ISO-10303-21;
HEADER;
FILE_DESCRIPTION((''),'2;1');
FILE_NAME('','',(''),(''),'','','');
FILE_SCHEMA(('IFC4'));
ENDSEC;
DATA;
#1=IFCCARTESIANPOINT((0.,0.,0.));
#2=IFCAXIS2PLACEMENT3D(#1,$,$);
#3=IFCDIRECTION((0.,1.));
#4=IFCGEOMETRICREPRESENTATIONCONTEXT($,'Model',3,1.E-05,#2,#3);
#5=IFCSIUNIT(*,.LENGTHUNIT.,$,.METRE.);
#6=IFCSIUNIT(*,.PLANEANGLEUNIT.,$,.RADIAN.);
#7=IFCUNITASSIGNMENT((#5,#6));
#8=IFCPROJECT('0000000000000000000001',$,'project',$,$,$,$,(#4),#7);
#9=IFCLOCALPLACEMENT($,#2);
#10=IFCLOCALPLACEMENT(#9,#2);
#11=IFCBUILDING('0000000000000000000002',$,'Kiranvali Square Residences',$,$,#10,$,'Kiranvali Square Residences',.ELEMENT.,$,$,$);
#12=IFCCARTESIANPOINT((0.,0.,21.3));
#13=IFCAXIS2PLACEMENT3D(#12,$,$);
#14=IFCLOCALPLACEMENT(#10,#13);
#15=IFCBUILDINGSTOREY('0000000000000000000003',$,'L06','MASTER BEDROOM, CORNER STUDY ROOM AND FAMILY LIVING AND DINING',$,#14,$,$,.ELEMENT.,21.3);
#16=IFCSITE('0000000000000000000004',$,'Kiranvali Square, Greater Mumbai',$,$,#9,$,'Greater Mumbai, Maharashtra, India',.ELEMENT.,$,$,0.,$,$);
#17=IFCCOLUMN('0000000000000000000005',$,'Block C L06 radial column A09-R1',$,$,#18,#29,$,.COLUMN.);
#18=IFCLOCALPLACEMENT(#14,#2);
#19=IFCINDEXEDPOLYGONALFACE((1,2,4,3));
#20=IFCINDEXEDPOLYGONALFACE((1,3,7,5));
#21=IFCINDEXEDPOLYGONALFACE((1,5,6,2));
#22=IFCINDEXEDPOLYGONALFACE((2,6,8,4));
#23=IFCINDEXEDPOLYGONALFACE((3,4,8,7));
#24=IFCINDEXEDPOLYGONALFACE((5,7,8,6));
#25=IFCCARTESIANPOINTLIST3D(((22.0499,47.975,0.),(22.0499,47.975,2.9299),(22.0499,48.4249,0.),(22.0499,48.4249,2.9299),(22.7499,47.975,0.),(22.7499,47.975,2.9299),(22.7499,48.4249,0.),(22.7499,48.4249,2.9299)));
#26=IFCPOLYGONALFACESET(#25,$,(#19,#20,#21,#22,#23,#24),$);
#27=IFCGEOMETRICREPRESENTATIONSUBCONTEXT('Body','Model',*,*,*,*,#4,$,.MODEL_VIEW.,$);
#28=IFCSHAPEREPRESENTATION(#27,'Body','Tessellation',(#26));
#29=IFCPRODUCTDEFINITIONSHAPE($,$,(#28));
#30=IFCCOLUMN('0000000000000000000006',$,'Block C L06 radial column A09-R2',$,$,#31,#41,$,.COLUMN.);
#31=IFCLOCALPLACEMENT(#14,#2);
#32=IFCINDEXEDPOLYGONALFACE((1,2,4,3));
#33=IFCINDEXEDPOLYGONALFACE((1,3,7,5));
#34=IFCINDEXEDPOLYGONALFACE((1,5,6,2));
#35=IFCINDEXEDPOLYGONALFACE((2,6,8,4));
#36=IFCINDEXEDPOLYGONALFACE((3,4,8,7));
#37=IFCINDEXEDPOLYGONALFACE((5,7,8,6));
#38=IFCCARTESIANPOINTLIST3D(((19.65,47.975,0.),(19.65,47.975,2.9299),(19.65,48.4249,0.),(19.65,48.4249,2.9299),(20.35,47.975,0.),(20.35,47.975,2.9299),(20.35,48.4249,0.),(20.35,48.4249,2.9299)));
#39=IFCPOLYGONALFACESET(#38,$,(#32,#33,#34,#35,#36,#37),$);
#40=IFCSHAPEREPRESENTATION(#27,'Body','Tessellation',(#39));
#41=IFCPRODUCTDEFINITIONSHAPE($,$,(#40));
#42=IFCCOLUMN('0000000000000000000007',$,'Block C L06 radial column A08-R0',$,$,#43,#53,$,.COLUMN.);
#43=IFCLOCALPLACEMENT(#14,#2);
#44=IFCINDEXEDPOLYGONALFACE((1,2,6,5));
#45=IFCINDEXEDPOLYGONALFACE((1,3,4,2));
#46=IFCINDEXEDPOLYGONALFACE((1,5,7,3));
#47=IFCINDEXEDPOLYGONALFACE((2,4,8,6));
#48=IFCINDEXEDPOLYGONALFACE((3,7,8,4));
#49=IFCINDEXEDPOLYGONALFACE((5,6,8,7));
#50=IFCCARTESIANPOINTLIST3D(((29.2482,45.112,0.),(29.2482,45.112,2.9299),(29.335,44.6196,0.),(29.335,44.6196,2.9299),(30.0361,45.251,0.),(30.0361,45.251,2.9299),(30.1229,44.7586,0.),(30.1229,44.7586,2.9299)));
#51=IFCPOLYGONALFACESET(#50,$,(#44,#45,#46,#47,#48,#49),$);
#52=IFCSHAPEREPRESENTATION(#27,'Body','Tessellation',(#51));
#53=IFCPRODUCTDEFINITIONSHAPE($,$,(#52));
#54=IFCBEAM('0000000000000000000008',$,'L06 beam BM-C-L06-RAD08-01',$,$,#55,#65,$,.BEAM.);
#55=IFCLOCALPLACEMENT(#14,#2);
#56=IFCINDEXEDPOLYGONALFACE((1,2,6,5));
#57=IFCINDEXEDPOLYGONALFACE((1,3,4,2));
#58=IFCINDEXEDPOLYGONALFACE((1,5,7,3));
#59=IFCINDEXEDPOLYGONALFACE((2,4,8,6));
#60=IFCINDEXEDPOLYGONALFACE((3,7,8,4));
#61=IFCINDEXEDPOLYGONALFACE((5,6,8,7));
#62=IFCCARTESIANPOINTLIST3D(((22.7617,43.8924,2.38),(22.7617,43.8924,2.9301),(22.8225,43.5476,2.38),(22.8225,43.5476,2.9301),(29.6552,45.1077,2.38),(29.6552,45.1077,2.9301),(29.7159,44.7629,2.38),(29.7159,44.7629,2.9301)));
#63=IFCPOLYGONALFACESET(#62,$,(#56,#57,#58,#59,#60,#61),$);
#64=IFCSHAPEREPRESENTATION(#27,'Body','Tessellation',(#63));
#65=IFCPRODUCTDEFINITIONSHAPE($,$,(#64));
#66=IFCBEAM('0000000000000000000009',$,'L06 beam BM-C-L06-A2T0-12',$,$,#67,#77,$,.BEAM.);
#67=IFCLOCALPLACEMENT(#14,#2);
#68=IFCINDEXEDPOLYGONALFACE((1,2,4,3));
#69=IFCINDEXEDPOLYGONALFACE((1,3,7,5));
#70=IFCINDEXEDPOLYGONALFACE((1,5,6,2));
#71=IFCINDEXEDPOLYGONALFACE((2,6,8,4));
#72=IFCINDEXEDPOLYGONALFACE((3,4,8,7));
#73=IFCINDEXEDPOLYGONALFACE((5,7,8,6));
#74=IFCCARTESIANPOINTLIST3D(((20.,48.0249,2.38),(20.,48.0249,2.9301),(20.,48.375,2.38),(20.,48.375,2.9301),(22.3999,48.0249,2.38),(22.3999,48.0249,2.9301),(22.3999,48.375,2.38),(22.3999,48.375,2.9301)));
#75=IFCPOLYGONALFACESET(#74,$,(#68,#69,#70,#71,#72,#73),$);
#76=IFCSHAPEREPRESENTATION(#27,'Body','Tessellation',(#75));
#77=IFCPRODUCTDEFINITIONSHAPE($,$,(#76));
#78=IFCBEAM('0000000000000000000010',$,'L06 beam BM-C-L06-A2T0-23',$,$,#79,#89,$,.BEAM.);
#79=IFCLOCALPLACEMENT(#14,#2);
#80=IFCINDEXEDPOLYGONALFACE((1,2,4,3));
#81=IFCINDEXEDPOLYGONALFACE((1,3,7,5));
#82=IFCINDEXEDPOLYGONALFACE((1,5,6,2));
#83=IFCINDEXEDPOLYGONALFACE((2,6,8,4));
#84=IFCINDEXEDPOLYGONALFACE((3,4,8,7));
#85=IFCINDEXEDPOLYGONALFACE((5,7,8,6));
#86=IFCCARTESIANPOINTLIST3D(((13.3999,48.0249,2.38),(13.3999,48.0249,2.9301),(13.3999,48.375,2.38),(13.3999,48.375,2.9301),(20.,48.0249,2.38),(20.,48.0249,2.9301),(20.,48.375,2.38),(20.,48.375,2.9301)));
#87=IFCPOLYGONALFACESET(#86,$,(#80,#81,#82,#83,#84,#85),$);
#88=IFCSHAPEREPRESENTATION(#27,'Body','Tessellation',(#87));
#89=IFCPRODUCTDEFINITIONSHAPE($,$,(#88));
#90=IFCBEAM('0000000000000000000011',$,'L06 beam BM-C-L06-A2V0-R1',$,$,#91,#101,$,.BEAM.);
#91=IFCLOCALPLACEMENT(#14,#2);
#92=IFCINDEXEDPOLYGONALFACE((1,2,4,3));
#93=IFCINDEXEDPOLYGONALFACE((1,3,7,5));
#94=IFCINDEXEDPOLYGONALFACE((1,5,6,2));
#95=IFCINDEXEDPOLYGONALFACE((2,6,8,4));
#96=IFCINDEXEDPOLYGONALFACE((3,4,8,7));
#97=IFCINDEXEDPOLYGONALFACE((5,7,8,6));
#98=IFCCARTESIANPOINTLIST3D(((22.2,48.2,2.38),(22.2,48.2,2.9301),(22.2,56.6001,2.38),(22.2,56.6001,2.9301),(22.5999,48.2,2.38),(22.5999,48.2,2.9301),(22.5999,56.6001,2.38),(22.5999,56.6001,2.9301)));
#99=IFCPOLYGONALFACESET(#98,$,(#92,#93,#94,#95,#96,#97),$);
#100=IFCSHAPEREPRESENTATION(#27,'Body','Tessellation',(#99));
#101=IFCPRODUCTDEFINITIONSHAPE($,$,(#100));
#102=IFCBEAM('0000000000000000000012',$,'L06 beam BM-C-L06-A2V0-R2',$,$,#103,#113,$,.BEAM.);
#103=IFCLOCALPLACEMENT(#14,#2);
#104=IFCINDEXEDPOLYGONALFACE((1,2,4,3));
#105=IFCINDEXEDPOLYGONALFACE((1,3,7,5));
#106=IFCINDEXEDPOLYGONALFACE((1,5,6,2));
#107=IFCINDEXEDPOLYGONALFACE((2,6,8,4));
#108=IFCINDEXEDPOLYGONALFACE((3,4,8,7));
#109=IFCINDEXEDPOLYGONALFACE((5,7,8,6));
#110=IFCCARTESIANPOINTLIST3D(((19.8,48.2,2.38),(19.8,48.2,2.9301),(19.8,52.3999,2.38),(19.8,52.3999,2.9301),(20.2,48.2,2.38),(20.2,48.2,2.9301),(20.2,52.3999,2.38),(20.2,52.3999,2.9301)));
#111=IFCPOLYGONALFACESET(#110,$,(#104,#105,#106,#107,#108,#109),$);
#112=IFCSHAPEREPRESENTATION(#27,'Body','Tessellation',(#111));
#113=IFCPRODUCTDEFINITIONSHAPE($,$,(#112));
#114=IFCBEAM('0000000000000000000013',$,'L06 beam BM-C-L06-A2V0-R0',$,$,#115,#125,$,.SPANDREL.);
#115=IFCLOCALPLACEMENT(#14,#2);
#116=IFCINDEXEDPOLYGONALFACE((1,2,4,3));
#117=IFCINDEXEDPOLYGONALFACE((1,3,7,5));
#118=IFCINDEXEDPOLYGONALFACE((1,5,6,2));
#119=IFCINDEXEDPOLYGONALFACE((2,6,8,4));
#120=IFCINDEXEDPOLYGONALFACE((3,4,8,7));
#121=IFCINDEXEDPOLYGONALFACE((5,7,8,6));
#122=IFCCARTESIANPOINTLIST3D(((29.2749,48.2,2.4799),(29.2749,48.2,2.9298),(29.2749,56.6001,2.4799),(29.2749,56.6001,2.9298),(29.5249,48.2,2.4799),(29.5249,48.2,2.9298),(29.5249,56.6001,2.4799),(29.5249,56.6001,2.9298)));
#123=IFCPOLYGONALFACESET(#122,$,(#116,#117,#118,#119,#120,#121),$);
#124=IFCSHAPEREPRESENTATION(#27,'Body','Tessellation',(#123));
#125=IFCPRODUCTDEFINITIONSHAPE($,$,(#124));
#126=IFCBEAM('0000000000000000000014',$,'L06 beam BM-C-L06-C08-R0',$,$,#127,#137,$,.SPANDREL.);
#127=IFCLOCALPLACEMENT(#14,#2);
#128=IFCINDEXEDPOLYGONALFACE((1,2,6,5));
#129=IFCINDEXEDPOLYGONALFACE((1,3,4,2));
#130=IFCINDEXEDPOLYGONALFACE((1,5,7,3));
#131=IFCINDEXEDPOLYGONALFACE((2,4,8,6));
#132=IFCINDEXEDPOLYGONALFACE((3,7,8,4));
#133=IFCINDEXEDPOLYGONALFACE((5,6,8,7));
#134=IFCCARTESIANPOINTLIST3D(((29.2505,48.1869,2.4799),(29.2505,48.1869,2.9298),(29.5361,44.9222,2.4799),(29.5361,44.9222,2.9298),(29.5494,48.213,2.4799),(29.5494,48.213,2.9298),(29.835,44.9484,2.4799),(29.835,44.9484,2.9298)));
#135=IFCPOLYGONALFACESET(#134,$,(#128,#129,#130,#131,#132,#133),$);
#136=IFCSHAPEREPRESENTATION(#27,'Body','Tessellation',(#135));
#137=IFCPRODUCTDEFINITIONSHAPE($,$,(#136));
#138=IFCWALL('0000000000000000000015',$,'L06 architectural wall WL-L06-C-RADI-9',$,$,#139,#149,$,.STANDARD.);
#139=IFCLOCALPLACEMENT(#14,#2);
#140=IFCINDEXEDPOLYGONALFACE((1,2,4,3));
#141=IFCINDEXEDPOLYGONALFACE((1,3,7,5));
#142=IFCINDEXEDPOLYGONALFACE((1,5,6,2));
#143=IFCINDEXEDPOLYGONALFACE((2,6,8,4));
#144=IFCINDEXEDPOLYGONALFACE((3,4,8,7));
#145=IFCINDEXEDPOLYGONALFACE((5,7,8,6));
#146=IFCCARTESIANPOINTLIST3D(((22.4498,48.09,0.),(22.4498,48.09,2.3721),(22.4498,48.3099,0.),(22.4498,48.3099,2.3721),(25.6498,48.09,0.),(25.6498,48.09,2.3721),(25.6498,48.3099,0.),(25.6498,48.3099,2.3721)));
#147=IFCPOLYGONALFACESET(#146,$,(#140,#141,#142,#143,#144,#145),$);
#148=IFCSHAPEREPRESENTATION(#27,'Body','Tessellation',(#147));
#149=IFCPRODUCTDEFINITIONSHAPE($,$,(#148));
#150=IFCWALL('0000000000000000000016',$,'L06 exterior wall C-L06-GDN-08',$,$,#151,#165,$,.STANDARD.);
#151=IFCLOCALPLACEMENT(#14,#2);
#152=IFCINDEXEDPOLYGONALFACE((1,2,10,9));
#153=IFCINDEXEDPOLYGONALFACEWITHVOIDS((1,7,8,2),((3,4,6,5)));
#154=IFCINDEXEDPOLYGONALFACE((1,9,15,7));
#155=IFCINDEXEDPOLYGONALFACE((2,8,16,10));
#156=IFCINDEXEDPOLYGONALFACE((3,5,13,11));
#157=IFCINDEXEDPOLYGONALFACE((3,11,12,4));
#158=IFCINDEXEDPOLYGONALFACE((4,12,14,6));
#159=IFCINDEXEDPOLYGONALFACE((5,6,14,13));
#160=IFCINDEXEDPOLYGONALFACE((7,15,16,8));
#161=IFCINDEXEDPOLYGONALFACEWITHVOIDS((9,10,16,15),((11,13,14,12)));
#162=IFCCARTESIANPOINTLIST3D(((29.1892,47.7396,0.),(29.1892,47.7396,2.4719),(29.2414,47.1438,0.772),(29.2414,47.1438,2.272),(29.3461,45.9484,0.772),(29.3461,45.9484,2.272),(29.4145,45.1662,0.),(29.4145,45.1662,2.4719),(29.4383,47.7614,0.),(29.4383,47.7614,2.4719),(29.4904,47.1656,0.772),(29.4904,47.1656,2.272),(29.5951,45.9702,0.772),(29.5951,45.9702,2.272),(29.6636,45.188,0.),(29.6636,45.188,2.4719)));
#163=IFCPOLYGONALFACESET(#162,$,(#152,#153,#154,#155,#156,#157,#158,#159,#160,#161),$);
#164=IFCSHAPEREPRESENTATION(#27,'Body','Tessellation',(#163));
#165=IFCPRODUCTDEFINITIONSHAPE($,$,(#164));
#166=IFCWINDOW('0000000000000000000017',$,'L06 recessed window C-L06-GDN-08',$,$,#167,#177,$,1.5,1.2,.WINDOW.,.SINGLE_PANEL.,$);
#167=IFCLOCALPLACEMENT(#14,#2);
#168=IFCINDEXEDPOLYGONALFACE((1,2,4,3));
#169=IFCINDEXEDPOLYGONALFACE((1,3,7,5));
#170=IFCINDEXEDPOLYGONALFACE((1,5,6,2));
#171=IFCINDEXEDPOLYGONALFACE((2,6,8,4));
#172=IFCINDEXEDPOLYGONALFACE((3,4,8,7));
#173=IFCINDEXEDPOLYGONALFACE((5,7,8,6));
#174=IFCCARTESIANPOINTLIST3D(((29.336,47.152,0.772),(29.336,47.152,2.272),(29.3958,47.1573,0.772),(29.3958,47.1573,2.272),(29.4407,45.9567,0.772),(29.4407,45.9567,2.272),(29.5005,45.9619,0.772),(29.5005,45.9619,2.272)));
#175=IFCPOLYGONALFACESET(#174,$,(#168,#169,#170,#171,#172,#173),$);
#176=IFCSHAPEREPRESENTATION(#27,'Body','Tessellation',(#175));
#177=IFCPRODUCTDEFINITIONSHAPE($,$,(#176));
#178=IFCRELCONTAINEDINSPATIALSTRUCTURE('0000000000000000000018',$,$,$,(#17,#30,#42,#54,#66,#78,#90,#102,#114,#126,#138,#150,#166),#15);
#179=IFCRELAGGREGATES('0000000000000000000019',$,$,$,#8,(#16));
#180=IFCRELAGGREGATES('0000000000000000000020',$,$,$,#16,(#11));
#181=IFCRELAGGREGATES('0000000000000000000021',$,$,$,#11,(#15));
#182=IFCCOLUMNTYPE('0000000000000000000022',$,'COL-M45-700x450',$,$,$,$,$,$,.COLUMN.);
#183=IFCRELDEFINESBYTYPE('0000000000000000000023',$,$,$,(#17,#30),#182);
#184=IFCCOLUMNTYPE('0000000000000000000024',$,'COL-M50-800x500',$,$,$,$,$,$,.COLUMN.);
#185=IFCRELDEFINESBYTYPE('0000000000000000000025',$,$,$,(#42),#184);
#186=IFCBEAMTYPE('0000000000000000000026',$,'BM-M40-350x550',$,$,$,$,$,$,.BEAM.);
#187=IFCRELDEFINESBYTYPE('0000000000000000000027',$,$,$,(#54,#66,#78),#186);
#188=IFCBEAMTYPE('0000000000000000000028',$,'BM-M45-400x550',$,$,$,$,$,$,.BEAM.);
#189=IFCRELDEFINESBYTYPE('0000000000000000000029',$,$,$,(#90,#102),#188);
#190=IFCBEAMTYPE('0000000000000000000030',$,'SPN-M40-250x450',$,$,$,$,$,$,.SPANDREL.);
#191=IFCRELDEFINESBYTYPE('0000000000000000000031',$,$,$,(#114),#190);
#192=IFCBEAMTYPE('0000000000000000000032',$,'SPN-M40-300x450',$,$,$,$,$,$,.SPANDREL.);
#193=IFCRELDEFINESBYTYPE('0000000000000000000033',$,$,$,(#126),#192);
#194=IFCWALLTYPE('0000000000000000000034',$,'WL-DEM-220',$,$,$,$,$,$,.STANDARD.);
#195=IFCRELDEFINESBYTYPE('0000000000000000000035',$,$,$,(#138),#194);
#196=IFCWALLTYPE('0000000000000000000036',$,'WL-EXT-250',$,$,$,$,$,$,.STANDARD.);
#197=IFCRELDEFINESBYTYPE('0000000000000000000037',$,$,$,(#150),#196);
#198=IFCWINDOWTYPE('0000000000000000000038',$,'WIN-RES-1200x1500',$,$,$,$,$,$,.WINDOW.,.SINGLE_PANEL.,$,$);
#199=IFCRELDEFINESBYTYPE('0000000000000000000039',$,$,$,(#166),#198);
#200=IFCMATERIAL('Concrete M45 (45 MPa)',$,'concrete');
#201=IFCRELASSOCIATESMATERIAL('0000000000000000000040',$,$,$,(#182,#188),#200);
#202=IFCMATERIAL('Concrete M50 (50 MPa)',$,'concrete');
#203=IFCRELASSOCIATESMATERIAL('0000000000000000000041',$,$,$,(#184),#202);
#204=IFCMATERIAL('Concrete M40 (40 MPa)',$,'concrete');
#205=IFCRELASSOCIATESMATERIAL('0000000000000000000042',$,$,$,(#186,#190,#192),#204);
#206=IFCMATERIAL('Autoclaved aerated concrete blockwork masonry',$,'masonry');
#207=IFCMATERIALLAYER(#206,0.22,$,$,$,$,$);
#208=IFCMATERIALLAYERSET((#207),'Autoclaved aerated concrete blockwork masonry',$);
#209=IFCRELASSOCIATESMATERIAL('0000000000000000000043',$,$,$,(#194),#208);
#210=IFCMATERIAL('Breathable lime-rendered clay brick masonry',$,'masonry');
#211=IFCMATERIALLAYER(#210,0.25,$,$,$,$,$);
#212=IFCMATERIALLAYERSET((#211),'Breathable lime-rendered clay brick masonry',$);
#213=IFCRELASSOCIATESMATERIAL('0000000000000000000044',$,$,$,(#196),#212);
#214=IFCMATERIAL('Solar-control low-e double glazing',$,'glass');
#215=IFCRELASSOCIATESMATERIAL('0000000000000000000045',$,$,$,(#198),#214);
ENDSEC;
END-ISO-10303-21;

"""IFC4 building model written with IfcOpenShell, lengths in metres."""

from ifc_helpers import new_model, si_unit, direction, frame, frame_2d, origin, origin_2d, place, context, subcontext, project, spatial, rectangle, extrude, material, layer, layer_set, material_profile, profile_set, type_object, element, fill, save


model = new_model("IFC4")

# Units and contexts
model_context = context("Model", 3, precision=1e-05, world=origin(), true_north=direction((0.0, 1.0)))
body_context = subcontext(model_context, "Body", "Model", "MODEL_VIEW")
ifc_project = project(units=[si_unit("LENGTHUNIT", "METRE"), si_unit("PLANEANGLEUNIT", "RADIAN")], contexts=[model_context])

# Site, building, storey
site_placement = place(None, origin())
site = spatial("IfcSite", under=ifc_project, at=site_placement, Name="Kiranvali Square, Greater Mumbai", LongName="Greater Mumbai, Maharashtra, India", CompositionType="ELEMENT", RefElevation=0.0)
building_placement = place(site_placement, origin())
building = spatial("IfcBuilding", under=site, at=building_placement, Name="Kiranvali Square Residences", LongName="Kiranvali Square Residences", CompositionType="ELEMENT")
storey_placement = place(building_placement, frame((0.0, 0.0, 21.3)))
storey = spatial("IfcBuildingStorey", under=building, at=storey_placement, Name="L06", Description="MASTER BEDROOM, CORNER STUDY ROOM AND FAMILY LIVING AND DINING", CompositionType="ELEMENT", Elevation=21.3)

# Columns
ifc_material_1 = material(Name="Concrete M45 (45 MPa)", Category="concrete")
ifc_material_profile_1 = material_profile(ifc_material_1, rectangle(XDim=0.45, YDim=0.7, at=origin_2d()), Name="RC 700x450")
ifc_profile_set_1 = profile_set([ifc_material_profile_1], Name="Concrete M45 (45 MPa)")
column_type_1 = type_object("IfcColumnType", Name="COL-M45-700x450", PredefinedType="COLUMN", material=ifc_profile_set_1)
for number, where, z_axis, x_axis, name in (
    (1, (22.3999, 48.2, 0.0), (0.0, 0.0, 1.0), (0.0, 1.0, 0.0), "Block C L06 radial column A09-R1"),
    (2, (20.0, 48.2, 0.0), (0.0, 0.0, 1.0), (0.0, 1.0, 0.0), "Block C L06 radial column A09-R2"),
):
    element("IfcColumn", number, at=place(storey_placement, frame(where, z_axis=z_axis, x_axis=x_axis)), inside=storey, type_object=column_type_1, Name=name, PredefinedType="COLUMN", context=body_context, shape_type="SweptSolid", body=[
        extrude(rectangle(XDim=0.45, YDim=0.7, at=origin_2d()), origin(), (0.0, 0.0, 1.0), 2.9299),
    ])
ifc_material_2 = material(Name="Concrete M50 (50 MPa)", Category="concrete")
ifc_material_profile_2 = material_profile(ifc_material_2, rectangle(XDim=0.5, YDim=0.8, at=origin_2d()), Name="RC 800x500")
ifc_profile_set_2 = profile_set([ifc_material_profile_2], Name="Concrete M50 (50 MPa)")
column_type_2 = type_object("IfcColumnType", Name="COL-M50-800x500", PredefinedType="COLUMN", material=ifc_profile_set_2)
column_placement = place(storey_placement, frame((29.6855, 44.9353, 0.0), z_axis=(0.0, 0.0, 1.0), x_axis=(-0.173648, 0.984808, 0.0)))
element("IfcColumn", 3, at=column_placement, inside=storey, type_object=column_type_2, Name="Block C L06 radial column A08-R0", PredefinedType="COLUMN", context=body_context, shape_type="SweptSolid", body=[
    extrude(rectangle(XDim=0.5, YDim=0.8, at=origin_2d()), origin(), (0.0, 0.0, 1.0), 2.9299),
])

# Beams
ifc_material_3 = material(Name="Concrete M40 (40 MPa)", Category="concrete")
ifc_material_profile_3 = material_profile(ifc_material_3, rectangle(XDim=0.3501, YDim=0.55, at=origin_2d()), Name="RC 350x550")
ifc_profile_set_3 = profile_set([ifc_material_profile_3], Name="Concrete M40 (40 MPa)")
beam_type_1 = type_object("IfcBeamType", Name="BM-M40-350x550", PredefinedType="BEAM", material=ifc_profile_set_3)
beam_1_placement = place(storey_placement, frame((29.6855, 44.9353, 2.655), z_axis=(-0.984812, -0.173622, 0.0), x_axis=(0.173622, -0.984812, 0.0)))
element("IfcBeam", 4, at=beam_1_placement, inside=storey, type_object=beam_type_1, Name="L06 beam BM-C-L06-RAD08-01", PredefinedType="BEAM", context=body_context, shape_type="SweptSolid", body=[
    extrude(rectangle(XDim=0.3501, YDim=0.55, at=origin_2d()), origin(), (0.0, 0.0, 1.0), 6.9998),
])
beam_2_placement = place(storey_placement, frame((22.3999, 48.2, 2.655), z_axis=(-1.0, 0.0, 0.0), x_axis=(0.0, -1.0, 0.0)))
element("IfcBeam", 5, at=beam_2_placement, inside=storey, type_object=beam_type_1, Name="L06 beam BM-C-L06-A2T0-12", PredefinedType="BEAM", context=body_context, shape_type="SweptSolid", body=[
    extrude(rectangle(XDim=0.3501, YDim=0.55, at=origin_2d()), origin(), (0.0, 0.0, 1.0), 2.3999),
])
beam_3_placement = place(storey_placement, frame((20.0, 48.2, 2.655), z_axis=(-1.0, 0.0, 0.0), x_axis=(0.0, -1.0, 0.0)))
element("IfcBeam", 6, at=beam_3_placement, inside=storey, type_object=beam_type_1, Name="L06 beam BM-C-L06-A2T0-23", PredefinedType="BEAM", context=body_context, shape_type="SweptSolid", body=[
    extrude(rectangle(XDim=0.3501, YDim=0.55, at=origin_2d()), origin(), (0.0, 0.0, 1.0), 6.6001),
])
ifc_material_profile_4 = material_profile(ifc_material_1, rectangle(XDim=0.3999, YDim=0.55, at=origin_2d()), Name="RC 400x550")
ifc_profile_set_4 = profile_set([ifc_material_profile_4], Name="Concrete M45 (45 MPa)")
beam_type_2 = type_object("IfcBeamType", Name="BM-M45-400x550", PredefinedType="BEAM", material=ifc_profile_set_4)
beam_4_placement = place(storey_placement, frame((22.3999, 48.2, 2.655), z_axis=(0.0, 1.0, 0.0), x_axis=(-1.0, 0.0, 0.0)))
element("IfcBeam", 7, at=beam_4_placement, inside=storey, type_object=beam_type_2, Name="L06 beam BM-C-L06-A2V0-R1", PredefinedType="BEAM", context=body_context, shape_type="SweptSolid", body=[
    extrude(rectangle(XDim=0.3999, YDim=0.55, at=origin_2d()), origin(), (0.0, 0.0, 1.0), 8.4001),
])
beam_5_placement = place(storey_placement, frame((20.0, 48.2, 2.655), z_axis=(0.0, 1.0, 0.0), x_axis=(-1.0, 0.0, 0.0)))
element("IfcBeam", 8, at=beam_5_placement, inside=storey, type_object=beam_type_2, Name="L06 beam BM-C-L06-A2V0-R2", PredefinedType="BEAM", context=body_context, shape_type="SweptSolid", body=[
    extrude(rectangle(XDim=0.3999, YDim=0.55, at=origin_2d()), origin(), (0.0, 0.0, 1.0), 4.2),
])
ifc_material_profile_5 = material_profile(ifc_material_3, rectangle(XDim=0.25, YDim=0.45, at=origin_2d()), Name="RC 250x450")
ifc_profile_set_5 = profile_set([ifc_material_profile_5], Name="Concrete M40 (40 MPa)")
beam_type_3 = type_object("IfcBeamType", Name="SPN-M40-250x450", PredefinedType="SPANDREL", material=ifc_profile_set_5)
beam_6_placement = place(storey_placement, frame((29.3999, 48.2, 2.7048), z_axis=(0.0, 1.0, 0.0), x_axis=(-1.0, 0.0, 0.0)))
element("IfcBeam", 9, at=beam_6_placement, inside=storey, type_object=beam_type_3, Name="L06 beam BM-C-L06-A2V0-R0", PredefinedType="SPANDREL", context=body_context, shape_type="SweptSolid", body=[
    extrude(rectangle(XDim=0.25, YDim=0.45, at=origin_2d()), origin(), (0.0, 0.0, 1.0), 8.4001),
])
ifc_material_profile_6 = material_profile(ifc_material_3, rectangle(XDim=0.3, YDim=0.45, at=origin_2d()), Name="RC 300x450")
ifc_profile_set_6 = profile_set([ifc_material_profile_6], Name="Concrete M40 (40 MPa)")
beam_type_4 = type_object("IfcBeamType", Name="SPN-M40-300x450", PredefinedType="SPANDREL", material=ifc_profile_set_6)
beam_7_placement = place(storey_placement, frame((29.6855, 44.9353, 2.7048), z_axis=(-0.087163, 0.996194, 0.0), x_axis=(-0.996194, -0.087163, 0.0)))
element("IfcBeam", 10, at=beam_7_placement, inside=storey, type_object=beam_type_4, Name="L06 beam BM-C-L06-C08-R0", PredefinedType="SPANDREL", context=body_context, shape_type="SweptSolid", body=[
    extrude(rectangle(XDim=0.3, YDim=0.45, at=origin_2d()), origin(), (0.0, 0.0, 1.0), 3.2771),
])

# Shared definitions
ifc_material_4 = material(Name="Autoclaved aerated concrete blockwork masonry", Category="masonry")

# Wall
ifc_layer_1 = layer(ifc_material_4, 0.22)
ifc_layer_set_1 = layer_set([ifc_layer_1], Name="Autoclaved aerated concrete blockwork masonry")
wall_type_1 = type_object("IfcWallType", Name="WL-DEM-220", PredefinedType="STANDARD", material=ifc_layer_set_1)
wall_1_placement = place(storey_placement, frame((25.6499, 48.2, 0.0), z_axis=(0.0, 0.0, 1.0), x_axis=(-1.0, 0.0, 0.0)))
element("IfcWall", 11, at=wall_1_placement, inside=storey, type_object=wall_type_1, Name="L06 architectural wall WL-L06-C-RADI-9", PredefinedType="STANDARD", context=body_context, shape_type="SweptSolid", body=[
    extrude(rectangle(XDim=3.2, YDim=0.22, at=frame_2d((1.6001, 0.0))), origin(), (0.0, 0.0, 1.0), 2.3721),
])

# Wall, opening, window
ifc_material_5 = material(Name="Breathable lime-rendered clay brick masonry", Category="masonry")
ifc_layer_2 = layer(ifc_material_5, 0.25)
ifc_layer_set_2 = layer_set([ifc_layer_2], Name="Breathable lime-rendered clay brick masonry")
wall_type_2 = type_object("IfcWallType", Name="WL-EXT-250", PredefinedType="STANDARD", material=ifc_layer_set_2)
wall_2_placement = place(storey_placement, frame((29.5391, 45.1772, 0.0), z_axis=(0.0, 0.0, 1.0), x_axis=(-0.087229, 0.996188, 0.0)))
wall_2 = element("IfcWall", 12, at=wall_2_placement, inside=storey, type_object=wall_type_2, Name="L06 exterior wall C-L06-GDN-08", PredefinedType="STANDARD", context=body_context, shape_type="SweptSolid", body=[
    extrude(rectangle(XDim=2.5833, YDim=0.25, at=frame_2d((1.2915, 0.0))), origin(), (0.0, 0.0, 1.0), 2.4719),
])
opening_1_placement = place(wall_2_placement, frame((0.7849, 0.0, 0.772)))
opening_1 = element("IfcOpeningElement", 13, at=opening_1_placement, cuts=wall_2, PredefinedType="OPENING", context=body_context, shape_type="SweptSolid", body=[
    extrude(rectangle(XDim=1.2, YDim=1.5, at=frame_2d((0.6001, 0.75))), frame((0.0, 0.135, 0.0), z_axis=(0.0, -1.0, 0.0), x_axis=(1.0, 0.0, 0.0)), (0.0, 0.0, 1.0), 0.27),
])
ifc_material_6 = material(Name="Solar-control low-e double glazing", Category="glass")
window_type = type_object("IfcWindowType", Name="WIN-RES-1200x1500", PartitioningType="SINGLE_PANEL", PredefinedType="WINDOW", material=ifc_material_6)
window_placement = place(opening_1_placement, origin())
window = element("IfcWindow", 14, at=window_placement, inside=storey, type_object=window_type, Name="L06 recessed window C-L06-GDN-08", OverallHeight=1.5, OverallWidth=1.2, PartitioningType="SINGLE_PANEL", PredefinedType="WINDOW", context=body_context, shape_type="SweptSolid", body=[
    extrude(rectangle(XDim=1.2, YDim=1.5, at=frame_2d((0.6001, 0.75))), frame((0.0, 0.03, 0.0), z_axis=(0.0, -1.0, 0.0), x_axis=(1.0, 0.0, 0.0)), (0.0, 0.0, 1.0), 0.0601),
])
fill(opening_1, window)

save(model, "model.ifc")
